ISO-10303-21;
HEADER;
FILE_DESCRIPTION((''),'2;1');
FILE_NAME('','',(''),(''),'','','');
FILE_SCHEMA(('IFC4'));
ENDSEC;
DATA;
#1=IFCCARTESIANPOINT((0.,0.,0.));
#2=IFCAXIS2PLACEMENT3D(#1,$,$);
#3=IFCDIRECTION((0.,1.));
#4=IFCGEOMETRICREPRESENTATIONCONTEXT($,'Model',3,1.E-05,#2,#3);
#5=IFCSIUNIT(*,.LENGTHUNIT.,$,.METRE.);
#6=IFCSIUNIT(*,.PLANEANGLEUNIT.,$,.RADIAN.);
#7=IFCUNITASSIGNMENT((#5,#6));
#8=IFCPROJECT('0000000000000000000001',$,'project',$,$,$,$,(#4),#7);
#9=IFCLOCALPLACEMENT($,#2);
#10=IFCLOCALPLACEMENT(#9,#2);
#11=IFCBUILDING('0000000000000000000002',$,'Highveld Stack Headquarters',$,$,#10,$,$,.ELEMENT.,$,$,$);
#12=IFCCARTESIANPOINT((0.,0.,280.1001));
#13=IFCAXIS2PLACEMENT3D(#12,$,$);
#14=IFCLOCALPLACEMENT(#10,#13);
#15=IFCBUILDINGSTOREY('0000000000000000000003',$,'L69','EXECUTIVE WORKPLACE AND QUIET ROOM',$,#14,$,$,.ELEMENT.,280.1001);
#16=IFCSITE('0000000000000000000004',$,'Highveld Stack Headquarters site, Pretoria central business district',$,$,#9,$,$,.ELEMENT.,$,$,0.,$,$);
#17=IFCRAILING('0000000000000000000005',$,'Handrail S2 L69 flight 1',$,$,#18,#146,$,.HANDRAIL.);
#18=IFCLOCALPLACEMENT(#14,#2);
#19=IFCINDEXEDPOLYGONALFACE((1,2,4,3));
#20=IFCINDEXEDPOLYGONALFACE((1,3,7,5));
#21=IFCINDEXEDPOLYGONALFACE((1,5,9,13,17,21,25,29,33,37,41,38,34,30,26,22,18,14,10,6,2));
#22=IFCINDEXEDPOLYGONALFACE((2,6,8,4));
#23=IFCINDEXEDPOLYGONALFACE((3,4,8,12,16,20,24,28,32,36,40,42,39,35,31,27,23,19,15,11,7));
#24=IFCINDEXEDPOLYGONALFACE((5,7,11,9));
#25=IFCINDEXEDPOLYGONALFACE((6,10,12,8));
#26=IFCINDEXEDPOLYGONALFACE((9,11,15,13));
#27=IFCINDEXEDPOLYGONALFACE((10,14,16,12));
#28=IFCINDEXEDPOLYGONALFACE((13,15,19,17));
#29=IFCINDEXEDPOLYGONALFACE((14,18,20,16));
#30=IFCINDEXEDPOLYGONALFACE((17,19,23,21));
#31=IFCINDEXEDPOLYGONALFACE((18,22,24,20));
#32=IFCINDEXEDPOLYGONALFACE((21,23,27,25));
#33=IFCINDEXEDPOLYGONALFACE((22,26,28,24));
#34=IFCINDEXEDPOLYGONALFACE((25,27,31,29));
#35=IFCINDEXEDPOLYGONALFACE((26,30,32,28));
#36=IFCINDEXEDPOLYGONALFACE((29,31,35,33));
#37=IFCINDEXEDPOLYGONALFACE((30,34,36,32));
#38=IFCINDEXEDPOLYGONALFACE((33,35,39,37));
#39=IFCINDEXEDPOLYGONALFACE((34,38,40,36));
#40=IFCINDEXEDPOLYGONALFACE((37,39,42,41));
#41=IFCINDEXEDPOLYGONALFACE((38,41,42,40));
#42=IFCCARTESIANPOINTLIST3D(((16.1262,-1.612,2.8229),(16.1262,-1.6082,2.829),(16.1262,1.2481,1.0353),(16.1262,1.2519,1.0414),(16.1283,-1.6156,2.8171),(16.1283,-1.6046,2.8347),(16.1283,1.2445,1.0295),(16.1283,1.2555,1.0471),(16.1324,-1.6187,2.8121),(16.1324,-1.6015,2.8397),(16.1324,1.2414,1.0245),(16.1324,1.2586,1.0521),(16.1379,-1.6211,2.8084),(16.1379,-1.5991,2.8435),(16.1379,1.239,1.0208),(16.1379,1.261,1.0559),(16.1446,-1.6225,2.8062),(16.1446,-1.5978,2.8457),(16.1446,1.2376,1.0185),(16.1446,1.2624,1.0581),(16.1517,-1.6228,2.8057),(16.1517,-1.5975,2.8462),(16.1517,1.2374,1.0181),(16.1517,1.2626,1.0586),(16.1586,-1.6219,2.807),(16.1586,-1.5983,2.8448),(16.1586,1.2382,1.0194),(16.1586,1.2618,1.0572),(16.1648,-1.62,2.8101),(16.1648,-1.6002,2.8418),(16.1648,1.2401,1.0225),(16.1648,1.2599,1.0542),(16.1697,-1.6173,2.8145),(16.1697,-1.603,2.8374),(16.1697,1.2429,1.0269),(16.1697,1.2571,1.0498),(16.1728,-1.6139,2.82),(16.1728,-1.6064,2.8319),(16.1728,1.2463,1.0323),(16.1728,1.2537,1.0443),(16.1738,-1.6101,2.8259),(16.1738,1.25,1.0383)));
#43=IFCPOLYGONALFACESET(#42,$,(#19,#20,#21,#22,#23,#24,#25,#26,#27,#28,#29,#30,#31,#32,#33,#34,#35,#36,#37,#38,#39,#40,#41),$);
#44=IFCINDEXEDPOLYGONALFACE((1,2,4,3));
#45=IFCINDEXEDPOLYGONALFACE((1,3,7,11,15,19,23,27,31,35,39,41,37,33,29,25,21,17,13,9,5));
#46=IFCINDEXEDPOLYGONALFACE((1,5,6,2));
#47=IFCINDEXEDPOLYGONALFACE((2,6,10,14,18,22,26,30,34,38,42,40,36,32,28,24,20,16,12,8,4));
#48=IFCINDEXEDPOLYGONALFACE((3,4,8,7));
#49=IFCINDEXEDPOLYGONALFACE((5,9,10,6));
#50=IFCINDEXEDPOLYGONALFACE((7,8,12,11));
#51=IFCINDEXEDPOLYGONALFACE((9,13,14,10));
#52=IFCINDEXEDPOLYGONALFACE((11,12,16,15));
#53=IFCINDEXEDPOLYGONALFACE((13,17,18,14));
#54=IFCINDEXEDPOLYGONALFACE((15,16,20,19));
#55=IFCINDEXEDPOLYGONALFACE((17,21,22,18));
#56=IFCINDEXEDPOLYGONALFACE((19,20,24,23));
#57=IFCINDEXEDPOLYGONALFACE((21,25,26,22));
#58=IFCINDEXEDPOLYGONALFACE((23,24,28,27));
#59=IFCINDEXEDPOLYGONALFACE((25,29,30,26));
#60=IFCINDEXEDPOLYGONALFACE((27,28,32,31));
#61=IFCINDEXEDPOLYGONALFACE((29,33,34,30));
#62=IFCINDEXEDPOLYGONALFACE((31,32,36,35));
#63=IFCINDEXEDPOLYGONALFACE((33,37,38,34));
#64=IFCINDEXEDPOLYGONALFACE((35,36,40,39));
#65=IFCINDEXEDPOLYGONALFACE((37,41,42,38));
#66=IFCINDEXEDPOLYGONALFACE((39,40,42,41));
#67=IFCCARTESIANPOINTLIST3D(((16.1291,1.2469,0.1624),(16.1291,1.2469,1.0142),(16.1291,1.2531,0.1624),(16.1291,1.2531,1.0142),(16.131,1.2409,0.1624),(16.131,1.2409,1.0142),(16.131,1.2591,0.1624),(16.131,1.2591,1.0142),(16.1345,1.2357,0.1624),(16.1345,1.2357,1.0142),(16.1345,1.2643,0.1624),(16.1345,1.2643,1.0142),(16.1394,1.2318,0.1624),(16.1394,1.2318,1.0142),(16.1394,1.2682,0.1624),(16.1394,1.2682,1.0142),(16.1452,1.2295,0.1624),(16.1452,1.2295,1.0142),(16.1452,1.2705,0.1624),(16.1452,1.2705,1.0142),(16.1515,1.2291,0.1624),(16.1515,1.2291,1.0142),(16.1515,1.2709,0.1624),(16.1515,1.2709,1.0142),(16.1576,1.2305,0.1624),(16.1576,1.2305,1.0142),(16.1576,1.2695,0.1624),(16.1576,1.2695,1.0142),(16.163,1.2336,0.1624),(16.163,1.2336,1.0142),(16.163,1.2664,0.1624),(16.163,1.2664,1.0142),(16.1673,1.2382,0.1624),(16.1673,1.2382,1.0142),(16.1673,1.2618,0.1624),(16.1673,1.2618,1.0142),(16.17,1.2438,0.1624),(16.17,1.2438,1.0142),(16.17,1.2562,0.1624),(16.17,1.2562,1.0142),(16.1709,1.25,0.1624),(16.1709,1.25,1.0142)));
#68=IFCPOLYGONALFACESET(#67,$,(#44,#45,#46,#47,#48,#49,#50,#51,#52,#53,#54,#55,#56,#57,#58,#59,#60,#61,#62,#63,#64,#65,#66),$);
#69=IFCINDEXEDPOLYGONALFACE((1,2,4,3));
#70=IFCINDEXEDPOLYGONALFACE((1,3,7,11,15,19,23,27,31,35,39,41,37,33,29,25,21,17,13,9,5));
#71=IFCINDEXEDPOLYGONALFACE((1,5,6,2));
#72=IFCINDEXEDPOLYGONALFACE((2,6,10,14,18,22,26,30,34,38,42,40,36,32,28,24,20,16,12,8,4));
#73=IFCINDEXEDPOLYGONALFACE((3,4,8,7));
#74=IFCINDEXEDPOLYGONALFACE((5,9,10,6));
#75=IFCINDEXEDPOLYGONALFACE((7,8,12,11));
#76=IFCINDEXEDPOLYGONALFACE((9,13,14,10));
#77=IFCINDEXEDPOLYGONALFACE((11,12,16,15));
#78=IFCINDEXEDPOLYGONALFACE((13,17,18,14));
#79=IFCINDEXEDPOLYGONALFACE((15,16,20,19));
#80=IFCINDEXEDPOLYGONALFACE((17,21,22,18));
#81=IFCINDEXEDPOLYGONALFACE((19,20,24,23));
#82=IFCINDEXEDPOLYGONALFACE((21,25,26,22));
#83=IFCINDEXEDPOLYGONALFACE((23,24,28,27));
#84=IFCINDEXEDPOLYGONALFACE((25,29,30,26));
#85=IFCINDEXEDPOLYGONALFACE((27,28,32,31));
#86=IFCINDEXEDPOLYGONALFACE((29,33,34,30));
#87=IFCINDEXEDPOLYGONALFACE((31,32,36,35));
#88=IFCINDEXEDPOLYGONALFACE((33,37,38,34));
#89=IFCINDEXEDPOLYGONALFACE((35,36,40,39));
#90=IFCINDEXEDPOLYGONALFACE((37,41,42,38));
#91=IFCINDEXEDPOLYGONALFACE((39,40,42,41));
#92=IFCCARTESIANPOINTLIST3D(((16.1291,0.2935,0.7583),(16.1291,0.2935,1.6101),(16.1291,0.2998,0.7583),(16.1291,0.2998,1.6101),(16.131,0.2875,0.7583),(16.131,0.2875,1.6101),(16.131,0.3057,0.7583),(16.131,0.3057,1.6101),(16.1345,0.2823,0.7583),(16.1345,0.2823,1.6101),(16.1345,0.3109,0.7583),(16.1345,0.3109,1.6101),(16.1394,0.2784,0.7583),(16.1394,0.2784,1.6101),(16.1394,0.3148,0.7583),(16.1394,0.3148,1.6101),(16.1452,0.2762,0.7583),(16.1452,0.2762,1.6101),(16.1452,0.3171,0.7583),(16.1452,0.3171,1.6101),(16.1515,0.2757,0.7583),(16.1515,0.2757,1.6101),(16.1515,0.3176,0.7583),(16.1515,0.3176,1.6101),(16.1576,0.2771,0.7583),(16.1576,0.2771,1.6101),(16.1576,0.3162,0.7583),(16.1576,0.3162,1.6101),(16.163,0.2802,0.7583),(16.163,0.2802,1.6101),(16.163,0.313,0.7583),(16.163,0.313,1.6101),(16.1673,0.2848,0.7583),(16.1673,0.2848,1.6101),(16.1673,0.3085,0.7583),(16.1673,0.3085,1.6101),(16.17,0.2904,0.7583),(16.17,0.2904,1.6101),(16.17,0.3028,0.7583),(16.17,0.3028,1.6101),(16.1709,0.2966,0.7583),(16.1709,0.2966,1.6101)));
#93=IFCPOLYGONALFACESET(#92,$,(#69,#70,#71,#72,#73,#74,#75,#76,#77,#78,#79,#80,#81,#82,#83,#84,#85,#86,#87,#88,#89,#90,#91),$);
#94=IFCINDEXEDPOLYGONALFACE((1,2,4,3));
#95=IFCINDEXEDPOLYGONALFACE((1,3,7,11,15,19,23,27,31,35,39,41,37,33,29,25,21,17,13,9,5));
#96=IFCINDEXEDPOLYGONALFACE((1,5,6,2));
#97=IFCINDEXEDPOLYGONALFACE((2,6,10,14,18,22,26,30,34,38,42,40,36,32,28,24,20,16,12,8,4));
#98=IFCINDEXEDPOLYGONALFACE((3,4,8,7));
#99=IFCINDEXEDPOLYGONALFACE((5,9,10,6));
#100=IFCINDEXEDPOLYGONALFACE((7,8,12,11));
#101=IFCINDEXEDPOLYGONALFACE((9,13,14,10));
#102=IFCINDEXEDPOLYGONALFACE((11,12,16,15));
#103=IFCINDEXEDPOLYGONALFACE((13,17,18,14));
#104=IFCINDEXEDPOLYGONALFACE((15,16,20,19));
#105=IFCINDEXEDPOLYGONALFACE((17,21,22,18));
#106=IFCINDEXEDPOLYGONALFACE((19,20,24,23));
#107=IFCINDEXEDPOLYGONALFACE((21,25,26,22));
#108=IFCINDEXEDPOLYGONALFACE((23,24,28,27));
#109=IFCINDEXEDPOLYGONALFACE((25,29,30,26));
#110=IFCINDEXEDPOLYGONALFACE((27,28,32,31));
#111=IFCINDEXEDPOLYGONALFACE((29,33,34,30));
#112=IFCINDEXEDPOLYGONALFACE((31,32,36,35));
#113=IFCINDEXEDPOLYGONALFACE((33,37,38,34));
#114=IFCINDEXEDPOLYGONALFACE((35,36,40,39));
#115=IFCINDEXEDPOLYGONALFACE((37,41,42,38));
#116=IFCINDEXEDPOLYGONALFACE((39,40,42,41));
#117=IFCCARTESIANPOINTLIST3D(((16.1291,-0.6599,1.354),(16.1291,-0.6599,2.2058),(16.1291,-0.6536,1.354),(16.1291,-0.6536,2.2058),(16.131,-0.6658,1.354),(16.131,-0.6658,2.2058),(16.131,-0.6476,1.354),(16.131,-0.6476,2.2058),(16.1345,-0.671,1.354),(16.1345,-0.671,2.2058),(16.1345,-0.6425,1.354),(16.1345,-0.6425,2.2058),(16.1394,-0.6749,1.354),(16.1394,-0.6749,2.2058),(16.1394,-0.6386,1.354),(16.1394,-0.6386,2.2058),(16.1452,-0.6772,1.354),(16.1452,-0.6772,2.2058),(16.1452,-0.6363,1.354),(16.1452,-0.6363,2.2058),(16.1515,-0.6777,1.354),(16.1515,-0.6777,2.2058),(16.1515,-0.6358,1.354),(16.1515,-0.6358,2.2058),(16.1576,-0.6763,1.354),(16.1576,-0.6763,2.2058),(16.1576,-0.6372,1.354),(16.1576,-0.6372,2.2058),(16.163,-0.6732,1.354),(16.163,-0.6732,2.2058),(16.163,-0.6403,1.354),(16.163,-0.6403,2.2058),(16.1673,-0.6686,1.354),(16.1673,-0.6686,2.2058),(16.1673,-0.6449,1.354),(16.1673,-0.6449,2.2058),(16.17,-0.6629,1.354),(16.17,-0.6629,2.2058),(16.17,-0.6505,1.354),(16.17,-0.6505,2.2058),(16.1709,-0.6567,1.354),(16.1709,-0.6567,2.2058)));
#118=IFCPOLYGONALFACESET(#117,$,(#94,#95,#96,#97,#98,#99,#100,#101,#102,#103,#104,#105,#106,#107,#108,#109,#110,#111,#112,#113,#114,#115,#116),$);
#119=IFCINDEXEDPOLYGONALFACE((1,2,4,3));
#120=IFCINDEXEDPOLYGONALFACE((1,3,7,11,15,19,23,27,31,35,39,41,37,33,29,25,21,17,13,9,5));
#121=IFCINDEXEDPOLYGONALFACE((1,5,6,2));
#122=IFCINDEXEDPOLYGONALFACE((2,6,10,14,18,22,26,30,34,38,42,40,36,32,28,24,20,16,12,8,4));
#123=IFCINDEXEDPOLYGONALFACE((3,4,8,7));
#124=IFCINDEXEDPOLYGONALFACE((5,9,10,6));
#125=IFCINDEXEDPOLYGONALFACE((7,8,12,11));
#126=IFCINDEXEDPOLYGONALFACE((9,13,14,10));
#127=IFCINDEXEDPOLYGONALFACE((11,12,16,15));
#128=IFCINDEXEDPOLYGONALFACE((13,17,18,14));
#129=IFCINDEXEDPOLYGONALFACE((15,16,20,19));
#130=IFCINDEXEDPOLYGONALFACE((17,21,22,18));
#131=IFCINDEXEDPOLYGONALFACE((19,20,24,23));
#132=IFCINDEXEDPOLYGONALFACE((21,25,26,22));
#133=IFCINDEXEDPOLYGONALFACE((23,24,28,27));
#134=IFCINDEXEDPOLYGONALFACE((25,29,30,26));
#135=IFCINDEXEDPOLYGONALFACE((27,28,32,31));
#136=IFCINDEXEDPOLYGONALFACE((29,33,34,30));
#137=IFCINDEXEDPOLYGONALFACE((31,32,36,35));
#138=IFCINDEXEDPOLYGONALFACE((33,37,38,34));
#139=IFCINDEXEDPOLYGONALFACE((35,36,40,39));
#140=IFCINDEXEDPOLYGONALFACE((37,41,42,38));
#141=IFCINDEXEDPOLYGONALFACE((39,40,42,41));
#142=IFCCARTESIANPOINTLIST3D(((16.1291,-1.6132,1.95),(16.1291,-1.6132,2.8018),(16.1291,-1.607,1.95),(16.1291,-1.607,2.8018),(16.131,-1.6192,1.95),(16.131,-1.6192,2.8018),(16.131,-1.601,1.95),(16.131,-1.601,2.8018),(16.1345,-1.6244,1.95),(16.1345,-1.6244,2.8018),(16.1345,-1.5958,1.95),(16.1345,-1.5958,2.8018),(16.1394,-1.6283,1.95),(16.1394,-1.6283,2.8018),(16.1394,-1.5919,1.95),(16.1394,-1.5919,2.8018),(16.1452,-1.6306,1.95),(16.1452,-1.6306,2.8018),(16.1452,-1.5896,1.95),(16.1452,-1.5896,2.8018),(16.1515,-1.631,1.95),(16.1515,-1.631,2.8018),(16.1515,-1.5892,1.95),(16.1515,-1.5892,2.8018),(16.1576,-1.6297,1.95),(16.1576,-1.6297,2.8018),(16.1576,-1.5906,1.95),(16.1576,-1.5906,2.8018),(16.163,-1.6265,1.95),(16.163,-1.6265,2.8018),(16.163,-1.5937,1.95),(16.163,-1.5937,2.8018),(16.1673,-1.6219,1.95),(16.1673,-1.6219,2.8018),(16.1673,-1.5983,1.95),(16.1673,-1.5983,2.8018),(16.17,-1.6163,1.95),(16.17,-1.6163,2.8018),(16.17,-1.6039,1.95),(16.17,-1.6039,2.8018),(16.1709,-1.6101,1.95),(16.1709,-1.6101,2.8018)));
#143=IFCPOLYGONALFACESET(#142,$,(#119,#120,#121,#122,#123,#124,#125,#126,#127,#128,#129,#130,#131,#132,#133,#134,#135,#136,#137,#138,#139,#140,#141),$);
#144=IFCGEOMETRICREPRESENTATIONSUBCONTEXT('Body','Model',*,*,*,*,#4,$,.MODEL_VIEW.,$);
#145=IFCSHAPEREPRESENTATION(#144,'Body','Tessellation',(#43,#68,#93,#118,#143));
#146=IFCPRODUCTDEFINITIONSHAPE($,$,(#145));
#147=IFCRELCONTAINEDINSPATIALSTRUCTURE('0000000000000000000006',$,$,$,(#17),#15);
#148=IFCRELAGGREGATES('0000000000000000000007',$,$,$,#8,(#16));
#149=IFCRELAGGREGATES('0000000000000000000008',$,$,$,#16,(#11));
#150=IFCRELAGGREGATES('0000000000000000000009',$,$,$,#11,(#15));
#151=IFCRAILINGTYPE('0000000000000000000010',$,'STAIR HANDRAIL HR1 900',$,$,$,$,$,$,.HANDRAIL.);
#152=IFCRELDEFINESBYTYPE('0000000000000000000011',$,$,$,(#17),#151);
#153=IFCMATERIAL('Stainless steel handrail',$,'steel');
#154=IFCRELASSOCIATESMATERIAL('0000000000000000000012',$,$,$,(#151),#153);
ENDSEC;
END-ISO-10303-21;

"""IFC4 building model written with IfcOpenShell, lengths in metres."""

from ifc_helpers import new_model, si_unit, direction, frame, origin, origin_2d, place, context, subcontext, project, spatial, circle, extrude, material, type_object, element, save


model = new_model("IFC4")

# Units and contexts
model_context = context("Model", 3, precision=1e-05, world=origin(), true_north=direction((0.0, 1.0)))
body_context = subcontext(model_context, "Body", "Model", "MODEL_VIEW")
ifc_project = project(units=[si_unit("LENGTHUNIT", "METRE"), si_unit("PLANEANGLEUNIT", "RADIAN")], contexts=[model_context])

# Site, building, storey
site_placement = place(None, origin())
site = spatial("IfcSite", under=ifc_project, at=site_placement, Name="Highveld Stack Headquarters site, Pretoria central business district", CompositionType="ELEMENT", RefElevation=0.0)
building_placement = place(site_placement, origin())
building = spatial("IfcBuilding", under=site, at=building_placement, Name="Highveld Stack Headquarters", CompositionType="ELEMENT")
storey_placement = place(building_placement, frame((0.0, 0.0, 280.1001)))
storey = spatial("IfcBuildingStorey", under=building, at=storey_placement, Name="L69", Description="EXECUTIVE WORKPLACE AND QUIET ROOM", CompositionType="ELEMENT", Elevation=280.1001)

# Railing
ifc_material_1 = material(Name="Stainless steel handrail", Category="steel")
railing_type = type_object("IfcRailingType", Name="STAIR HANDRAIL HR1 900", PredefinedType="HANDRAIL", material=ifc_material_1)
for number, where, name in (
    (1, (16.1499, 1.25, 0.1624), "Handrail S2 L69 flight 1"),
):
    element("IfcRailing", number, at=place(storey_placement, frame(where)), inside=storey, type_object=railing_type, Name=name, PredefinedType="HANDRAIL", context=body_context, shape_type="SweptSolid", body=[
        extrude(circle(Radius=0.0239, at=origin_2d()), frame((0.0, 0.0, 0.876), z_axis=(0.0, -0.847994, 0.530005), x_axis=(1.0, 0.0, 0.0)), (0.0, 0.0, 1.0), 3.3728),
        extrude(circle(Radius=0.021, at=origin_2d()), origin(), (0.0, 0.0, 1.0), 0.8518),
        extrude(circle(Radius=0.021, at=origin_2d()), frame((0.0, -0.9534, 0.5959)), (0.0, 0.0, 1.0), 0.8518),
        extrude(circle(Radius=0.021, at=origin_2d()), frame((0.0, -1.9067, 1.1917)), (0.0, 0.0, 1.0), 0.8518),
        extrude(circle(Radius=0.021, at=origin_2d()), frame((0.0, -2.8601, 1.7876)), (0.0, 0.0, 1.0), 0.8518),
    ])

save(model, "model.ifc")
